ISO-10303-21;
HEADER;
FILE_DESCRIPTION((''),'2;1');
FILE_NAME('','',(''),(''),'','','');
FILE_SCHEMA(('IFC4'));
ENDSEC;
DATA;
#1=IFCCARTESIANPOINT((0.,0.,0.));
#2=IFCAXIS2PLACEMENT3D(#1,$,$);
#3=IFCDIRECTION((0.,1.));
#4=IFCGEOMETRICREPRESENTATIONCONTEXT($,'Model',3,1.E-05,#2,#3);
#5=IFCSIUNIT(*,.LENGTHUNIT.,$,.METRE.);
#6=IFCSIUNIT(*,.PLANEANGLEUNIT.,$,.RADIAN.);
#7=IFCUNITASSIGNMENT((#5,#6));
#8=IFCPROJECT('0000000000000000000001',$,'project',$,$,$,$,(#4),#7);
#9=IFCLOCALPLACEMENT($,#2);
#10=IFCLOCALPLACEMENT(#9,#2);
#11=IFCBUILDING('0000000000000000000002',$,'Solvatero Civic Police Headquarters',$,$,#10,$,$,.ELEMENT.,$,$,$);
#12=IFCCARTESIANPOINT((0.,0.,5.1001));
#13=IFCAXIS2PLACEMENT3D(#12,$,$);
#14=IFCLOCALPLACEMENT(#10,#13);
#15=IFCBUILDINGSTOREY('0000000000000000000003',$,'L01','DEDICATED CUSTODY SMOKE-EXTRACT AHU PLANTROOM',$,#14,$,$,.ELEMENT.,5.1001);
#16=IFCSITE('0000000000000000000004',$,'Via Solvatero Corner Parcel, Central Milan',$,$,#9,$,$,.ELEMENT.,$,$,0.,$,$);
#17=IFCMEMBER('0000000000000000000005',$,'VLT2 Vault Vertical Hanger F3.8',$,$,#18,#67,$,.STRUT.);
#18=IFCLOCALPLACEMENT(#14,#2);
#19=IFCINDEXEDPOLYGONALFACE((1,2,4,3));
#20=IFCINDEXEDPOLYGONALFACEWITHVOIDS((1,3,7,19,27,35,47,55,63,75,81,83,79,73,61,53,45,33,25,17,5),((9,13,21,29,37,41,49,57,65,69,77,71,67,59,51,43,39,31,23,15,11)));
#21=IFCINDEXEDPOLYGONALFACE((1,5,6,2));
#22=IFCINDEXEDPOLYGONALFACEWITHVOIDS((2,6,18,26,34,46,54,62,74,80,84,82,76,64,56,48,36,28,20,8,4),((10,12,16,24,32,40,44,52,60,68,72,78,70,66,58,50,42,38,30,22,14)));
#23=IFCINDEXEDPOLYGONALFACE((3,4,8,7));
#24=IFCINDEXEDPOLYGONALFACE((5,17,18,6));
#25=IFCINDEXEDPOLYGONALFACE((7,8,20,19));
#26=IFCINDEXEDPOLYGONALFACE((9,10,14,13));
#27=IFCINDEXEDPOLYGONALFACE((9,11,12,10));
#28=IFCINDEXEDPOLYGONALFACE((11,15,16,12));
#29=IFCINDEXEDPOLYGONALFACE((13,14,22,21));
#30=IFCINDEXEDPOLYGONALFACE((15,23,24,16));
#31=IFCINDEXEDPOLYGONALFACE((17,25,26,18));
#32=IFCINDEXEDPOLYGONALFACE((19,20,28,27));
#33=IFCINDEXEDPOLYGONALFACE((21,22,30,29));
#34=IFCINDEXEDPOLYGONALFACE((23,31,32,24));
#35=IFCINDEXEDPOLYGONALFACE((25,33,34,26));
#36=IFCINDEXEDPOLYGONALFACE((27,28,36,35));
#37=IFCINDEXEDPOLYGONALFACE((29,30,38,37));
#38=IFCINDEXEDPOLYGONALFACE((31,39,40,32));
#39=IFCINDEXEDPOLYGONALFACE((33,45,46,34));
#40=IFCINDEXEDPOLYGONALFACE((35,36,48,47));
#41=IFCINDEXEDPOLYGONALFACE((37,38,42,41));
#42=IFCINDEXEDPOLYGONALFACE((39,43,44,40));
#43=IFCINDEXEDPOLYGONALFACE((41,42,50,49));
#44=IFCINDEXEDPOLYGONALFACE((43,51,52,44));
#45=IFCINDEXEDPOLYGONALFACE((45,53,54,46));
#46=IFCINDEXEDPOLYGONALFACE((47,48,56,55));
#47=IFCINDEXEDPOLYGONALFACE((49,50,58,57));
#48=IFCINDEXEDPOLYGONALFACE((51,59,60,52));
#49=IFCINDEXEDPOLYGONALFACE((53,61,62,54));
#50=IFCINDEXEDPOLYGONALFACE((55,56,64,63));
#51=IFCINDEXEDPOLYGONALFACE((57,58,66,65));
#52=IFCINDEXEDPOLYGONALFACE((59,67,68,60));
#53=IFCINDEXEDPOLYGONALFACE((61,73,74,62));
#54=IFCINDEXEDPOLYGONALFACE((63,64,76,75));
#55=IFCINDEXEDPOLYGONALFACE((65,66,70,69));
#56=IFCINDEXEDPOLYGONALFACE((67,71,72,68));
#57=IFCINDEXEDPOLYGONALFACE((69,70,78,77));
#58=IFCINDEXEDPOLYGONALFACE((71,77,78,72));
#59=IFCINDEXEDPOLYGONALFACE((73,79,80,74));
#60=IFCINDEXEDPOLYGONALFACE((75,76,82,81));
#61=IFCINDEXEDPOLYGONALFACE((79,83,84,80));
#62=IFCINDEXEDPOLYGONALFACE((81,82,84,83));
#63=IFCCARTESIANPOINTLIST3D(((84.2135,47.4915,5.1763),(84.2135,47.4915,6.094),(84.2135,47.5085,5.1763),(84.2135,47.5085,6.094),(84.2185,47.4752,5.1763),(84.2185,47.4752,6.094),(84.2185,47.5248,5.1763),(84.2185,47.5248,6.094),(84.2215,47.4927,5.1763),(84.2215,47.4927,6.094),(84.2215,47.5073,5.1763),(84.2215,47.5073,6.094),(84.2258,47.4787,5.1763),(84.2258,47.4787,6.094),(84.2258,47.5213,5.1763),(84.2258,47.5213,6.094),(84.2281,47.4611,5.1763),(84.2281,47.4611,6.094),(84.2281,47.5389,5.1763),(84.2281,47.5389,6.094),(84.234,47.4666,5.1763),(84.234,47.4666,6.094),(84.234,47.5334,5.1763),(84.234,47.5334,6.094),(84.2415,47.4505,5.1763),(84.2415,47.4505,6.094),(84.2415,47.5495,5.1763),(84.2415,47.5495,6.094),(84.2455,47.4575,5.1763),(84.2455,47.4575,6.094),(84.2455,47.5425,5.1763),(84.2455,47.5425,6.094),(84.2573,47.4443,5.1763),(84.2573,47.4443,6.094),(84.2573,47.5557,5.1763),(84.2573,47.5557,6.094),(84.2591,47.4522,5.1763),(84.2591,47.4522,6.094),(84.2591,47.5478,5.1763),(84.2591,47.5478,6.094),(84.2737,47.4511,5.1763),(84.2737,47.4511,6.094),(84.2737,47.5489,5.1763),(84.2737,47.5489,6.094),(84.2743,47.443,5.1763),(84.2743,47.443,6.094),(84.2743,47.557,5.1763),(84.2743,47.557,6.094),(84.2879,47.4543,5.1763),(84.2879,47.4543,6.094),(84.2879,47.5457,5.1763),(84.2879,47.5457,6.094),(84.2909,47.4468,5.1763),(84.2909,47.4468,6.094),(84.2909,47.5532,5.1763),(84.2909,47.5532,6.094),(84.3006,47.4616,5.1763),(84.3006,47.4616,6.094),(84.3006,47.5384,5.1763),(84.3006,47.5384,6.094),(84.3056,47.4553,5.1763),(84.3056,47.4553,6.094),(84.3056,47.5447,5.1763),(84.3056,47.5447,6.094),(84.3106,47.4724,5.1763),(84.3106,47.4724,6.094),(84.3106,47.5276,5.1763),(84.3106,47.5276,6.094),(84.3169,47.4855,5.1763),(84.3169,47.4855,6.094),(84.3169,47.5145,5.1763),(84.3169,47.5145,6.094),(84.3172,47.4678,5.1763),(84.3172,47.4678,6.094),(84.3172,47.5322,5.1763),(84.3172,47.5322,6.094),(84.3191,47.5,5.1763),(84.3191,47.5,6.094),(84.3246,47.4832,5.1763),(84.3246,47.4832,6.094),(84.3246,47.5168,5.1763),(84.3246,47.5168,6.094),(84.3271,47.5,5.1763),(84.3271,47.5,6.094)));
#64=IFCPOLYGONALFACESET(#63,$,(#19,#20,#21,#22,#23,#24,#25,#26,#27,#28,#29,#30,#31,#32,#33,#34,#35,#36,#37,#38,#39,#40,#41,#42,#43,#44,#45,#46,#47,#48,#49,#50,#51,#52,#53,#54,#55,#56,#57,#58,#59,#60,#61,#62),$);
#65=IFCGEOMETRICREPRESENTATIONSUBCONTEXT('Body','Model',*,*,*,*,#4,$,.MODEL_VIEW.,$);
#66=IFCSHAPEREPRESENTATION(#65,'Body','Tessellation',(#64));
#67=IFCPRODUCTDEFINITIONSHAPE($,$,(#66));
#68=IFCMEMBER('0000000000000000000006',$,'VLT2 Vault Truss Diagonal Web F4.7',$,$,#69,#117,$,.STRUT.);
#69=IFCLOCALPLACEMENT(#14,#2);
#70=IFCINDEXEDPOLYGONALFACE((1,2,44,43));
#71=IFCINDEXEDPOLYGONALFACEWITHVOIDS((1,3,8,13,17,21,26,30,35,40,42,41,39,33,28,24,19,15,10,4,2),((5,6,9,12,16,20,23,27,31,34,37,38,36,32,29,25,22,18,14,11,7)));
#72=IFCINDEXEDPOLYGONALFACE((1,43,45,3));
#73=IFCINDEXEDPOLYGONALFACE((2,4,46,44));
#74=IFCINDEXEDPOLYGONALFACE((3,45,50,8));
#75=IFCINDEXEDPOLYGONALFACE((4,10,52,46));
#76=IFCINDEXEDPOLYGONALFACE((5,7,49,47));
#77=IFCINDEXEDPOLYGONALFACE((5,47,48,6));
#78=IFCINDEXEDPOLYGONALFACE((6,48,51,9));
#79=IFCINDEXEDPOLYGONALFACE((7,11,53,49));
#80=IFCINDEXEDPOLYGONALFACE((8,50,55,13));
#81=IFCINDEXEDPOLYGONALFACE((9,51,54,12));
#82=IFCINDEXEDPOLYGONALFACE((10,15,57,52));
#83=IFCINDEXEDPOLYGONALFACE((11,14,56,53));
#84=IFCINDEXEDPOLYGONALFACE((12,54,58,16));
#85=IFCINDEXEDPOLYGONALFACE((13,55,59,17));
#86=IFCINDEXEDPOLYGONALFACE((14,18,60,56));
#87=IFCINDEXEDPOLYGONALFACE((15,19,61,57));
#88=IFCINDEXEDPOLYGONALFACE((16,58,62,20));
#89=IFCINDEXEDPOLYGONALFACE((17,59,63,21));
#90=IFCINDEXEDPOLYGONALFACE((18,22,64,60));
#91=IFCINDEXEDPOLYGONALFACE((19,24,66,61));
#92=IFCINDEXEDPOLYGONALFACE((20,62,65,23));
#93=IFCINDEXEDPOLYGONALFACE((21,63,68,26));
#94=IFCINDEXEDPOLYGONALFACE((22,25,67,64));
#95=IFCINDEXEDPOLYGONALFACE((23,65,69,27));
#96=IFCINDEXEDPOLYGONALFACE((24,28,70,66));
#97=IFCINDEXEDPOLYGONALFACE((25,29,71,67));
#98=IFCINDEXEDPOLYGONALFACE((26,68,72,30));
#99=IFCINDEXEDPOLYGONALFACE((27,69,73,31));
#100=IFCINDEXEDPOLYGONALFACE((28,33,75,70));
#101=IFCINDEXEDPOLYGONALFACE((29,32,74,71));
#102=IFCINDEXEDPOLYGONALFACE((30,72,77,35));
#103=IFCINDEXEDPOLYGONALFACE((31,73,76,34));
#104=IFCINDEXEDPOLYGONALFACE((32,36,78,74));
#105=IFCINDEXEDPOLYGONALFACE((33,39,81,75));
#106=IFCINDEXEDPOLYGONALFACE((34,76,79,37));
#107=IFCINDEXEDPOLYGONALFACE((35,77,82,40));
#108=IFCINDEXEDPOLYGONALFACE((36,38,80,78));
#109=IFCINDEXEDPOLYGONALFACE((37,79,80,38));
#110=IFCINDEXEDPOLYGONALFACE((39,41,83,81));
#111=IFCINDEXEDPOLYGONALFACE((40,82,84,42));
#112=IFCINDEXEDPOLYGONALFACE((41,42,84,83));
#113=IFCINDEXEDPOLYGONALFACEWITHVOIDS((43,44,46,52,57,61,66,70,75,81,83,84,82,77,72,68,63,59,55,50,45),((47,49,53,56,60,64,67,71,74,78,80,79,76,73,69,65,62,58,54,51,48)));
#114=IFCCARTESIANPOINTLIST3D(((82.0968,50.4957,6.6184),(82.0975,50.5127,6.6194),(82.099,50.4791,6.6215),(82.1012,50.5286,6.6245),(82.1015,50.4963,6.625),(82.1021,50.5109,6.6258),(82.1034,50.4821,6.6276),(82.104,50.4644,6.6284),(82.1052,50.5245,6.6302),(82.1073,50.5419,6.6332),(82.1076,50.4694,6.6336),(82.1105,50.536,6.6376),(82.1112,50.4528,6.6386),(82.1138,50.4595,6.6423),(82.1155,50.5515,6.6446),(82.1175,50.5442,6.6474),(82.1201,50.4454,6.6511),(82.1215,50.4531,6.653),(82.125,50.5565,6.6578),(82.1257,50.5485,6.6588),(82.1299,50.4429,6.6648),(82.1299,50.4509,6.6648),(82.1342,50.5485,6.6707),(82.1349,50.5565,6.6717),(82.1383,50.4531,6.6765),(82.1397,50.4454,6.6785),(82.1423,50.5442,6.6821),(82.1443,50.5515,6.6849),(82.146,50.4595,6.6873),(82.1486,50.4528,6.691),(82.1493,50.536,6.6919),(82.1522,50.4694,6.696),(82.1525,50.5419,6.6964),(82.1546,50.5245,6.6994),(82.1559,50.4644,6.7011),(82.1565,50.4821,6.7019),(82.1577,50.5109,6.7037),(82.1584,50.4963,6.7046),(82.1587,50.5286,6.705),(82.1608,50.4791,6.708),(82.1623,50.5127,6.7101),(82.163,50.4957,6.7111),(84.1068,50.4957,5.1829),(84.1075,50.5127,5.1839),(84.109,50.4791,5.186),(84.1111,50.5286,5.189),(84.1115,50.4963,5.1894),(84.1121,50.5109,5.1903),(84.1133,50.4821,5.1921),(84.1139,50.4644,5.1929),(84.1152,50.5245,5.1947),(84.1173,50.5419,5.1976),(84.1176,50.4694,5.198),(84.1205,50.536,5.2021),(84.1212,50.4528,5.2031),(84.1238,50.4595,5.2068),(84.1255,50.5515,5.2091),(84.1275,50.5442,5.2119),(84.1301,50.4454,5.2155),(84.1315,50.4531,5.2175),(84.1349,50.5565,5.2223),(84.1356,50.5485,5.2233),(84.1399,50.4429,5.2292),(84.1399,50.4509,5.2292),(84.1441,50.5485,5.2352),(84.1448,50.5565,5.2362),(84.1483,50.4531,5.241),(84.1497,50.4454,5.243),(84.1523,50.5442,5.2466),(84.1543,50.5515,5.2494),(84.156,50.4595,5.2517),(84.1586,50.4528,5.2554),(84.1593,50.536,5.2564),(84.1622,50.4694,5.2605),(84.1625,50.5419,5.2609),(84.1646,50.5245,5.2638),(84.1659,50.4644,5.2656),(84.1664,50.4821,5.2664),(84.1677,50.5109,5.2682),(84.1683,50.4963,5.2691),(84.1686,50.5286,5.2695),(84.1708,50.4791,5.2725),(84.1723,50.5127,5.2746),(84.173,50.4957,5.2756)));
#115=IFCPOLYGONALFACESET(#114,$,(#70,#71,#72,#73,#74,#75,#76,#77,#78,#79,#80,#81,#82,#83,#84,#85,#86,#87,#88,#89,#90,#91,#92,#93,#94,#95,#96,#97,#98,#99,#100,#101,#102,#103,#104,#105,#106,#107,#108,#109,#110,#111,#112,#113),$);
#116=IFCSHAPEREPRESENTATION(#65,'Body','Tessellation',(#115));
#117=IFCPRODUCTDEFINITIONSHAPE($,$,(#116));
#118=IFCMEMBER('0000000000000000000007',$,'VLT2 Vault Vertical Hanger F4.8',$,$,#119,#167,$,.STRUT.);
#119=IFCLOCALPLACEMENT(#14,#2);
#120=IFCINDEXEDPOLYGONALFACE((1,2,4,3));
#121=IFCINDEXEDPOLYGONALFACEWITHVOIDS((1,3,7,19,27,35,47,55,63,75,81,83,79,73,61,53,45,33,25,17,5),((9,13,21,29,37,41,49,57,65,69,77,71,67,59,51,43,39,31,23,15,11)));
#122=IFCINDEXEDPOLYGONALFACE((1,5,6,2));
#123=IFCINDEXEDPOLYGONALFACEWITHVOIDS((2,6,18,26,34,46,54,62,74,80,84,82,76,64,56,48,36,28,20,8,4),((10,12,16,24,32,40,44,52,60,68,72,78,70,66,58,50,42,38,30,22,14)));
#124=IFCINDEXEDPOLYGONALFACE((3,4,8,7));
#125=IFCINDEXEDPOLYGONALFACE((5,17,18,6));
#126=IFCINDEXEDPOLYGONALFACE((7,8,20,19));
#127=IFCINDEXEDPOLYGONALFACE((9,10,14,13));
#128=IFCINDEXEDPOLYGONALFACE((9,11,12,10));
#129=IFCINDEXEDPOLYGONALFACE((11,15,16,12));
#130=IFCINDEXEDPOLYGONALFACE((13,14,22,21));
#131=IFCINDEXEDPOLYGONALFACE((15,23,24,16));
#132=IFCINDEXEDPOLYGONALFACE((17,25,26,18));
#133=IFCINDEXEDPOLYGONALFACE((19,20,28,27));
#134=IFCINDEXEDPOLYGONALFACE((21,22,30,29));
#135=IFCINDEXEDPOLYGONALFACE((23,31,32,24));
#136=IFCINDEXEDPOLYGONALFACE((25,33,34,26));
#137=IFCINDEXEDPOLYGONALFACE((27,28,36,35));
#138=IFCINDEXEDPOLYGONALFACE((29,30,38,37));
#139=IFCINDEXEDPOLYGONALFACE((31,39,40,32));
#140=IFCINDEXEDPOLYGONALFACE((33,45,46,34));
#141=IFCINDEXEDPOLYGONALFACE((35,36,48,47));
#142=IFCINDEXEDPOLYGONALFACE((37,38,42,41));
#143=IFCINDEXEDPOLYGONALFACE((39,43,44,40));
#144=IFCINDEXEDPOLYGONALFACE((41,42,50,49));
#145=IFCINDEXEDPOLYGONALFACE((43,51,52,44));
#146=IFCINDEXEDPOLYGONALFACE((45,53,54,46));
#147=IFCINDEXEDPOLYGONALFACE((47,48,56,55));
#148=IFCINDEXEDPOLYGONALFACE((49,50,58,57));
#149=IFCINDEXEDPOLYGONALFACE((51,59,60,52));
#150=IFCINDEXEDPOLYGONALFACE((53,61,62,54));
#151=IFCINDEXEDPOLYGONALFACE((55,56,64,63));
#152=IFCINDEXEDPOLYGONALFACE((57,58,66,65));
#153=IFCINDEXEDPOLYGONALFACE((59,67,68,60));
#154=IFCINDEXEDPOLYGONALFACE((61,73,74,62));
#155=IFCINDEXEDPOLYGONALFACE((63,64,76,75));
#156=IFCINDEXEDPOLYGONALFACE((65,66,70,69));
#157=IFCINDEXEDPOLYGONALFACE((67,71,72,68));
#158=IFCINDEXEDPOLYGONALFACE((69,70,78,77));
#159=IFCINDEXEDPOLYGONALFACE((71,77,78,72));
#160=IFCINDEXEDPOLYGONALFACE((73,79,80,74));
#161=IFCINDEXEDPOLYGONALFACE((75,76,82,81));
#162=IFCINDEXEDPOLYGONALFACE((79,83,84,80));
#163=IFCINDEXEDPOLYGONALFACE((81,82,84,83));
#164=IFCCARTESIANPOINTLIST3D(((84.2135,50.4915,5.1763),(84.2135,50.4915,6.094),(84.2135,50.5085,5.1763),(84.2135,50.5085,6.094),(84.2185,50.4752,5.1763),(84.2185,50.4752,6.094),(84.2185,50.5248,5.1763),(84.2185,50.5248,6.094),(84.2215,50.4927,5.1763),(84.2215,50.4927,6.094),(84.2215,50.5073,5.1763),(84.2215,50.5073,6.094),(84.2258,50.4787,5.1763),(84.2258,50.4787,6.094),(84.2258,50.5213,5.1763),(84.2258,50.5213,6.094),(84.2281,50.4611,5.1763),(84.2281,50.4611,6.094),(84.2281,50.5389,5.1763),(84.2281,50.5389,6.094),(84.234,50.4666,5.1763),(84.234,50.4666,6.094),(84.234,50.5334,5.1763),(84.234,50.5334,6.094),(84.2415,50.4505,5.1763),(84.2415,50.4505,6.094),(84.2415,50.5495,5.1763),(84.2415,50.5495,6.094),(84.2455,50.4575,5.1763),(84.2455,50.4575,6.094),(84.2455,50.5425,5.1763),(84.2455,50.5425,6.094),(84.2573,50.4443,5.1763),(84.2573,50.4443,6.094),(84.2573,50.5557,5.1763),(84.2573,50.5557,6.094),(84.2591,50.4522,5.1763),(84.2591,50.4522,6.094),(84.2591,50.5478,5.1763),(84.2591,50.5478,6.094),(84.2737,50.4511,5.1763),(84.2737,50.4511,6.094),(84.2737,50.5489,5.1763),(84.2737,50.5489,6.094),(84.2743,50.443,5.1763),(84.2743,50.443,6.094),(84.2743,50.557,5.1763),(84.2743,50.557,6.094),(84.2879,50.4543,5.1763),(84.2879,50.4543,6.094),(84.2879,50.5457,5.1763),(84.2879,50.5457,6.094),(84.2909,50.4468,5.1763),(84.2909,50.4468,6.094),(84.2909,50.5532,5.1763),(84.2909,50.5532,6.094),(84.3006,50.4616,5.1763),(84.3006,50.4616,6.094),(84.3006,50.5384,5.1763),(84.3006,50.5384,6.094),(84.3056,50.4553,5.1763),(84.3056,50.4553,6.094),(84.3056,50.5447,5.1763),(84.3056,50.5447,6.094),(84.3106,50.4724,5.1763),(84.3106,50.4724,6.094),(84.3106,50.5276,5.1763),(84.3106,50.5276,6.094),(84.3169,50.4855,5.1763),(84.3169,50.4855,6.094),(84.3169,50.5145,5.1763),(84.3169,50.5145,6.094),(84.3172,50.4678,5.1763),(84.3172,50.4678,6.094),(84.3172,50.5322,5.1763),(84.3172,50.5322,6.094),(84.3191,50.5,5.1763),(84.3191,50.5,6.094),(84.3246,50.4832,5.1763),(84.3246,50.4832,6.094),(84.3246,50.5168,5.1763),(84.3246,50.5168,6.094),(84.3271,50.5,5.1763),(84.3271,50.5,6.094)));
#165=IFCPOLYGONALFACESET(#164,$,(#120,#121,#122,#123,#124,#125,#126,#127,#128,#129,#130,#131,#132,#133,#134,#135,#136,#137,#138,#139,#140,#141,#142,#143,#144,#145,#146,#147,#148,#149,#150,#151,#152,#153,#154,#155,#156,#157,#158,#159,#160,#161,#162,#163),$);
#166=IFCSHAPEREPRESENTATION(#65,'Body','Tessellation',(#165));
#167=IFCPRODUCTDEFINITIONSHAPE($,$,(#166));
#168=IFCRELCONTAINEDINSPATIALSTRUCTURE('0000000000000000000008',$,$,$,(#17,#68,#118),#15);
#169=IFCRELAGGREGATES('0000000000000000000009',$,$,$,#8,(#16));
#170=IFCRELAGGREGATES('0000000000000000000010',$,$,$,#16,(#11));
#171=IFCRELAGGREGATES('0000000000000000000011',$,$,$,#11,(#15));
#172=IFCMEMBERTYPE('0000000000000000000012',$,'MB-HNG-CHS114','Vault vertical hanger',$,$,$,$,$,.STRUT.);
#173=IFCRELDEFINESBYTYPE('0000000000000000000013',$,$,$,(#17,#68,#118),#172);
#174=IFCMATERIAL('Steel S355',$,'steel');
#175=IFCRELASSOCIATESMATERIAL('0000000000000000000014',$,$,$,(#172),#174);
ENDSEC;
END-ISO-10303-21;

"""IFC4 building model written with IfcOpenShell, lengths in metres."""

from ifc_helpers import new_model, si_unit, direction, frame, origin, origin_2d, place, context, subcontext, project, spatial, hollow_circle, extrude, material, material_profile, profile_set, type_object, element, save


model = new_model("IFC4")

# Units and contexts
model_context = context("Model", 3, precision=1e-05, world=origin(), true_north=direction((0.0, 1.0)))
body_context = subcontext(model_context, "Body", "Model", "MODEL_VIEW")
ifc_project = project(units=[si_unit("LENGTHUNIT", "METRE"), si_unit("PLANEANGLEUNIT", "RADIAN")], contexts=[model_context])

# Site, building, storey
site_placement = place(None, origin())
site = spatial("IfcSite", under=ifc_project, at=site_placement, Name="Via Solvatero Corner Parcel, Central Milan", CompositionType="ELEMENT", RefElevation=0.0)
building_placement = place(site_placement, origin())
building = spatial("IfcBuilding", under=site, at=building_placement, Name="Solvatero Civic Police Headquarters", CompositionType="ELEMENT")
storey_placement = place(building_placement, frame((0.0, 0.0, 5.1001)))
storey = spatial("IfcBuildingStorey", under=building, at=storey_placement, Name="L01", Description="DEDICATED CUSTODY SMOKE-EXTRACT AHU PLANTROOM", CompositionType="ELEMENT", Elevation=5.1001)

# Shared definitions
ifc_material = material(Name="Steel S355", Category="steel")

# Members
ifc_material_profile_1 = material_profile(ifc_material, hollow_circle(Radius=0.0571, WallThickness=0.0081, at=origin_2d()), Name="CHS 114.3x8.0")
ifc_profile_set_1 = profile_set([ifc_material_profile_1], Name="Steel S355")
member_type_1 = type_object("IfcMemberType", Name="MB-HNG-CHS114", Description="Vault vertical hanger", PredefinedType="STRUT", material=ifc_profile_set_1)
member_1_placement = place(storey_placement, frame((84.27, 47.5, 5.1763), z_axis=(0.0, 0.0, 1.0), x_axis=(1.0, 0.0, 0.0)))
element("IfcMember", 1, at=member_1_placement, inside=storey, type_object=member_type_1, Name="VLT2 Vault Vertical Hanger F3.8", PredefinedType="STRUT", context=body_context, shape_type="SweptSolid", body=[
    extrude(hollow_circle(Radius=0.0571, WallThickness=0.0081, at=origin_2d()), origin(), (0.0, 0.0, 1.0), 0.9177),
])
member_2_placement = place(storey_placement, frame((84.1399, 50.5, 5.2292), z_axis=(-0.813767, 0.0, 0.581191), x_axis=(0.0, -1.0, 0.0)))
element("IfcMember", 2, at=member_2_placement, inside=storey, type_object=member_type_1, Name="VLT2 Vault Truss Diagonal Web F4.7", PredefinedType="STRUT", context=body_context, shape_type="SweptSolid", body=[
    extrude(hollow_circle(Radius=0.0571, WallThickness=0.0081, at=origin_2d()), origin(), (0.0, 0.0, 1.0), 2.47),
])
member_3_placement = place(storey_placement, frame((84.27, 50.5, 5.1763), z_axis=(0.0, 0.0, 1.0), x_axis=(1.0, 0.0, 0.0)))
element("IfcMember", 3, at=member_3_placement, inside=storey, type_object=member_type_1, Name="VLT2 Vault Vertical Hanger F4.8", PredefinedType="STRUT", context=body_context, shape_type="SweptSolid", body=[
    extrude(hollow_circle(Radius=0.0571, WallThickness=0.0081, at=origin_2d()), origin(), (0.0, 0.0, 1.0), 0.9177),
])

save(model, "model.ifc")
